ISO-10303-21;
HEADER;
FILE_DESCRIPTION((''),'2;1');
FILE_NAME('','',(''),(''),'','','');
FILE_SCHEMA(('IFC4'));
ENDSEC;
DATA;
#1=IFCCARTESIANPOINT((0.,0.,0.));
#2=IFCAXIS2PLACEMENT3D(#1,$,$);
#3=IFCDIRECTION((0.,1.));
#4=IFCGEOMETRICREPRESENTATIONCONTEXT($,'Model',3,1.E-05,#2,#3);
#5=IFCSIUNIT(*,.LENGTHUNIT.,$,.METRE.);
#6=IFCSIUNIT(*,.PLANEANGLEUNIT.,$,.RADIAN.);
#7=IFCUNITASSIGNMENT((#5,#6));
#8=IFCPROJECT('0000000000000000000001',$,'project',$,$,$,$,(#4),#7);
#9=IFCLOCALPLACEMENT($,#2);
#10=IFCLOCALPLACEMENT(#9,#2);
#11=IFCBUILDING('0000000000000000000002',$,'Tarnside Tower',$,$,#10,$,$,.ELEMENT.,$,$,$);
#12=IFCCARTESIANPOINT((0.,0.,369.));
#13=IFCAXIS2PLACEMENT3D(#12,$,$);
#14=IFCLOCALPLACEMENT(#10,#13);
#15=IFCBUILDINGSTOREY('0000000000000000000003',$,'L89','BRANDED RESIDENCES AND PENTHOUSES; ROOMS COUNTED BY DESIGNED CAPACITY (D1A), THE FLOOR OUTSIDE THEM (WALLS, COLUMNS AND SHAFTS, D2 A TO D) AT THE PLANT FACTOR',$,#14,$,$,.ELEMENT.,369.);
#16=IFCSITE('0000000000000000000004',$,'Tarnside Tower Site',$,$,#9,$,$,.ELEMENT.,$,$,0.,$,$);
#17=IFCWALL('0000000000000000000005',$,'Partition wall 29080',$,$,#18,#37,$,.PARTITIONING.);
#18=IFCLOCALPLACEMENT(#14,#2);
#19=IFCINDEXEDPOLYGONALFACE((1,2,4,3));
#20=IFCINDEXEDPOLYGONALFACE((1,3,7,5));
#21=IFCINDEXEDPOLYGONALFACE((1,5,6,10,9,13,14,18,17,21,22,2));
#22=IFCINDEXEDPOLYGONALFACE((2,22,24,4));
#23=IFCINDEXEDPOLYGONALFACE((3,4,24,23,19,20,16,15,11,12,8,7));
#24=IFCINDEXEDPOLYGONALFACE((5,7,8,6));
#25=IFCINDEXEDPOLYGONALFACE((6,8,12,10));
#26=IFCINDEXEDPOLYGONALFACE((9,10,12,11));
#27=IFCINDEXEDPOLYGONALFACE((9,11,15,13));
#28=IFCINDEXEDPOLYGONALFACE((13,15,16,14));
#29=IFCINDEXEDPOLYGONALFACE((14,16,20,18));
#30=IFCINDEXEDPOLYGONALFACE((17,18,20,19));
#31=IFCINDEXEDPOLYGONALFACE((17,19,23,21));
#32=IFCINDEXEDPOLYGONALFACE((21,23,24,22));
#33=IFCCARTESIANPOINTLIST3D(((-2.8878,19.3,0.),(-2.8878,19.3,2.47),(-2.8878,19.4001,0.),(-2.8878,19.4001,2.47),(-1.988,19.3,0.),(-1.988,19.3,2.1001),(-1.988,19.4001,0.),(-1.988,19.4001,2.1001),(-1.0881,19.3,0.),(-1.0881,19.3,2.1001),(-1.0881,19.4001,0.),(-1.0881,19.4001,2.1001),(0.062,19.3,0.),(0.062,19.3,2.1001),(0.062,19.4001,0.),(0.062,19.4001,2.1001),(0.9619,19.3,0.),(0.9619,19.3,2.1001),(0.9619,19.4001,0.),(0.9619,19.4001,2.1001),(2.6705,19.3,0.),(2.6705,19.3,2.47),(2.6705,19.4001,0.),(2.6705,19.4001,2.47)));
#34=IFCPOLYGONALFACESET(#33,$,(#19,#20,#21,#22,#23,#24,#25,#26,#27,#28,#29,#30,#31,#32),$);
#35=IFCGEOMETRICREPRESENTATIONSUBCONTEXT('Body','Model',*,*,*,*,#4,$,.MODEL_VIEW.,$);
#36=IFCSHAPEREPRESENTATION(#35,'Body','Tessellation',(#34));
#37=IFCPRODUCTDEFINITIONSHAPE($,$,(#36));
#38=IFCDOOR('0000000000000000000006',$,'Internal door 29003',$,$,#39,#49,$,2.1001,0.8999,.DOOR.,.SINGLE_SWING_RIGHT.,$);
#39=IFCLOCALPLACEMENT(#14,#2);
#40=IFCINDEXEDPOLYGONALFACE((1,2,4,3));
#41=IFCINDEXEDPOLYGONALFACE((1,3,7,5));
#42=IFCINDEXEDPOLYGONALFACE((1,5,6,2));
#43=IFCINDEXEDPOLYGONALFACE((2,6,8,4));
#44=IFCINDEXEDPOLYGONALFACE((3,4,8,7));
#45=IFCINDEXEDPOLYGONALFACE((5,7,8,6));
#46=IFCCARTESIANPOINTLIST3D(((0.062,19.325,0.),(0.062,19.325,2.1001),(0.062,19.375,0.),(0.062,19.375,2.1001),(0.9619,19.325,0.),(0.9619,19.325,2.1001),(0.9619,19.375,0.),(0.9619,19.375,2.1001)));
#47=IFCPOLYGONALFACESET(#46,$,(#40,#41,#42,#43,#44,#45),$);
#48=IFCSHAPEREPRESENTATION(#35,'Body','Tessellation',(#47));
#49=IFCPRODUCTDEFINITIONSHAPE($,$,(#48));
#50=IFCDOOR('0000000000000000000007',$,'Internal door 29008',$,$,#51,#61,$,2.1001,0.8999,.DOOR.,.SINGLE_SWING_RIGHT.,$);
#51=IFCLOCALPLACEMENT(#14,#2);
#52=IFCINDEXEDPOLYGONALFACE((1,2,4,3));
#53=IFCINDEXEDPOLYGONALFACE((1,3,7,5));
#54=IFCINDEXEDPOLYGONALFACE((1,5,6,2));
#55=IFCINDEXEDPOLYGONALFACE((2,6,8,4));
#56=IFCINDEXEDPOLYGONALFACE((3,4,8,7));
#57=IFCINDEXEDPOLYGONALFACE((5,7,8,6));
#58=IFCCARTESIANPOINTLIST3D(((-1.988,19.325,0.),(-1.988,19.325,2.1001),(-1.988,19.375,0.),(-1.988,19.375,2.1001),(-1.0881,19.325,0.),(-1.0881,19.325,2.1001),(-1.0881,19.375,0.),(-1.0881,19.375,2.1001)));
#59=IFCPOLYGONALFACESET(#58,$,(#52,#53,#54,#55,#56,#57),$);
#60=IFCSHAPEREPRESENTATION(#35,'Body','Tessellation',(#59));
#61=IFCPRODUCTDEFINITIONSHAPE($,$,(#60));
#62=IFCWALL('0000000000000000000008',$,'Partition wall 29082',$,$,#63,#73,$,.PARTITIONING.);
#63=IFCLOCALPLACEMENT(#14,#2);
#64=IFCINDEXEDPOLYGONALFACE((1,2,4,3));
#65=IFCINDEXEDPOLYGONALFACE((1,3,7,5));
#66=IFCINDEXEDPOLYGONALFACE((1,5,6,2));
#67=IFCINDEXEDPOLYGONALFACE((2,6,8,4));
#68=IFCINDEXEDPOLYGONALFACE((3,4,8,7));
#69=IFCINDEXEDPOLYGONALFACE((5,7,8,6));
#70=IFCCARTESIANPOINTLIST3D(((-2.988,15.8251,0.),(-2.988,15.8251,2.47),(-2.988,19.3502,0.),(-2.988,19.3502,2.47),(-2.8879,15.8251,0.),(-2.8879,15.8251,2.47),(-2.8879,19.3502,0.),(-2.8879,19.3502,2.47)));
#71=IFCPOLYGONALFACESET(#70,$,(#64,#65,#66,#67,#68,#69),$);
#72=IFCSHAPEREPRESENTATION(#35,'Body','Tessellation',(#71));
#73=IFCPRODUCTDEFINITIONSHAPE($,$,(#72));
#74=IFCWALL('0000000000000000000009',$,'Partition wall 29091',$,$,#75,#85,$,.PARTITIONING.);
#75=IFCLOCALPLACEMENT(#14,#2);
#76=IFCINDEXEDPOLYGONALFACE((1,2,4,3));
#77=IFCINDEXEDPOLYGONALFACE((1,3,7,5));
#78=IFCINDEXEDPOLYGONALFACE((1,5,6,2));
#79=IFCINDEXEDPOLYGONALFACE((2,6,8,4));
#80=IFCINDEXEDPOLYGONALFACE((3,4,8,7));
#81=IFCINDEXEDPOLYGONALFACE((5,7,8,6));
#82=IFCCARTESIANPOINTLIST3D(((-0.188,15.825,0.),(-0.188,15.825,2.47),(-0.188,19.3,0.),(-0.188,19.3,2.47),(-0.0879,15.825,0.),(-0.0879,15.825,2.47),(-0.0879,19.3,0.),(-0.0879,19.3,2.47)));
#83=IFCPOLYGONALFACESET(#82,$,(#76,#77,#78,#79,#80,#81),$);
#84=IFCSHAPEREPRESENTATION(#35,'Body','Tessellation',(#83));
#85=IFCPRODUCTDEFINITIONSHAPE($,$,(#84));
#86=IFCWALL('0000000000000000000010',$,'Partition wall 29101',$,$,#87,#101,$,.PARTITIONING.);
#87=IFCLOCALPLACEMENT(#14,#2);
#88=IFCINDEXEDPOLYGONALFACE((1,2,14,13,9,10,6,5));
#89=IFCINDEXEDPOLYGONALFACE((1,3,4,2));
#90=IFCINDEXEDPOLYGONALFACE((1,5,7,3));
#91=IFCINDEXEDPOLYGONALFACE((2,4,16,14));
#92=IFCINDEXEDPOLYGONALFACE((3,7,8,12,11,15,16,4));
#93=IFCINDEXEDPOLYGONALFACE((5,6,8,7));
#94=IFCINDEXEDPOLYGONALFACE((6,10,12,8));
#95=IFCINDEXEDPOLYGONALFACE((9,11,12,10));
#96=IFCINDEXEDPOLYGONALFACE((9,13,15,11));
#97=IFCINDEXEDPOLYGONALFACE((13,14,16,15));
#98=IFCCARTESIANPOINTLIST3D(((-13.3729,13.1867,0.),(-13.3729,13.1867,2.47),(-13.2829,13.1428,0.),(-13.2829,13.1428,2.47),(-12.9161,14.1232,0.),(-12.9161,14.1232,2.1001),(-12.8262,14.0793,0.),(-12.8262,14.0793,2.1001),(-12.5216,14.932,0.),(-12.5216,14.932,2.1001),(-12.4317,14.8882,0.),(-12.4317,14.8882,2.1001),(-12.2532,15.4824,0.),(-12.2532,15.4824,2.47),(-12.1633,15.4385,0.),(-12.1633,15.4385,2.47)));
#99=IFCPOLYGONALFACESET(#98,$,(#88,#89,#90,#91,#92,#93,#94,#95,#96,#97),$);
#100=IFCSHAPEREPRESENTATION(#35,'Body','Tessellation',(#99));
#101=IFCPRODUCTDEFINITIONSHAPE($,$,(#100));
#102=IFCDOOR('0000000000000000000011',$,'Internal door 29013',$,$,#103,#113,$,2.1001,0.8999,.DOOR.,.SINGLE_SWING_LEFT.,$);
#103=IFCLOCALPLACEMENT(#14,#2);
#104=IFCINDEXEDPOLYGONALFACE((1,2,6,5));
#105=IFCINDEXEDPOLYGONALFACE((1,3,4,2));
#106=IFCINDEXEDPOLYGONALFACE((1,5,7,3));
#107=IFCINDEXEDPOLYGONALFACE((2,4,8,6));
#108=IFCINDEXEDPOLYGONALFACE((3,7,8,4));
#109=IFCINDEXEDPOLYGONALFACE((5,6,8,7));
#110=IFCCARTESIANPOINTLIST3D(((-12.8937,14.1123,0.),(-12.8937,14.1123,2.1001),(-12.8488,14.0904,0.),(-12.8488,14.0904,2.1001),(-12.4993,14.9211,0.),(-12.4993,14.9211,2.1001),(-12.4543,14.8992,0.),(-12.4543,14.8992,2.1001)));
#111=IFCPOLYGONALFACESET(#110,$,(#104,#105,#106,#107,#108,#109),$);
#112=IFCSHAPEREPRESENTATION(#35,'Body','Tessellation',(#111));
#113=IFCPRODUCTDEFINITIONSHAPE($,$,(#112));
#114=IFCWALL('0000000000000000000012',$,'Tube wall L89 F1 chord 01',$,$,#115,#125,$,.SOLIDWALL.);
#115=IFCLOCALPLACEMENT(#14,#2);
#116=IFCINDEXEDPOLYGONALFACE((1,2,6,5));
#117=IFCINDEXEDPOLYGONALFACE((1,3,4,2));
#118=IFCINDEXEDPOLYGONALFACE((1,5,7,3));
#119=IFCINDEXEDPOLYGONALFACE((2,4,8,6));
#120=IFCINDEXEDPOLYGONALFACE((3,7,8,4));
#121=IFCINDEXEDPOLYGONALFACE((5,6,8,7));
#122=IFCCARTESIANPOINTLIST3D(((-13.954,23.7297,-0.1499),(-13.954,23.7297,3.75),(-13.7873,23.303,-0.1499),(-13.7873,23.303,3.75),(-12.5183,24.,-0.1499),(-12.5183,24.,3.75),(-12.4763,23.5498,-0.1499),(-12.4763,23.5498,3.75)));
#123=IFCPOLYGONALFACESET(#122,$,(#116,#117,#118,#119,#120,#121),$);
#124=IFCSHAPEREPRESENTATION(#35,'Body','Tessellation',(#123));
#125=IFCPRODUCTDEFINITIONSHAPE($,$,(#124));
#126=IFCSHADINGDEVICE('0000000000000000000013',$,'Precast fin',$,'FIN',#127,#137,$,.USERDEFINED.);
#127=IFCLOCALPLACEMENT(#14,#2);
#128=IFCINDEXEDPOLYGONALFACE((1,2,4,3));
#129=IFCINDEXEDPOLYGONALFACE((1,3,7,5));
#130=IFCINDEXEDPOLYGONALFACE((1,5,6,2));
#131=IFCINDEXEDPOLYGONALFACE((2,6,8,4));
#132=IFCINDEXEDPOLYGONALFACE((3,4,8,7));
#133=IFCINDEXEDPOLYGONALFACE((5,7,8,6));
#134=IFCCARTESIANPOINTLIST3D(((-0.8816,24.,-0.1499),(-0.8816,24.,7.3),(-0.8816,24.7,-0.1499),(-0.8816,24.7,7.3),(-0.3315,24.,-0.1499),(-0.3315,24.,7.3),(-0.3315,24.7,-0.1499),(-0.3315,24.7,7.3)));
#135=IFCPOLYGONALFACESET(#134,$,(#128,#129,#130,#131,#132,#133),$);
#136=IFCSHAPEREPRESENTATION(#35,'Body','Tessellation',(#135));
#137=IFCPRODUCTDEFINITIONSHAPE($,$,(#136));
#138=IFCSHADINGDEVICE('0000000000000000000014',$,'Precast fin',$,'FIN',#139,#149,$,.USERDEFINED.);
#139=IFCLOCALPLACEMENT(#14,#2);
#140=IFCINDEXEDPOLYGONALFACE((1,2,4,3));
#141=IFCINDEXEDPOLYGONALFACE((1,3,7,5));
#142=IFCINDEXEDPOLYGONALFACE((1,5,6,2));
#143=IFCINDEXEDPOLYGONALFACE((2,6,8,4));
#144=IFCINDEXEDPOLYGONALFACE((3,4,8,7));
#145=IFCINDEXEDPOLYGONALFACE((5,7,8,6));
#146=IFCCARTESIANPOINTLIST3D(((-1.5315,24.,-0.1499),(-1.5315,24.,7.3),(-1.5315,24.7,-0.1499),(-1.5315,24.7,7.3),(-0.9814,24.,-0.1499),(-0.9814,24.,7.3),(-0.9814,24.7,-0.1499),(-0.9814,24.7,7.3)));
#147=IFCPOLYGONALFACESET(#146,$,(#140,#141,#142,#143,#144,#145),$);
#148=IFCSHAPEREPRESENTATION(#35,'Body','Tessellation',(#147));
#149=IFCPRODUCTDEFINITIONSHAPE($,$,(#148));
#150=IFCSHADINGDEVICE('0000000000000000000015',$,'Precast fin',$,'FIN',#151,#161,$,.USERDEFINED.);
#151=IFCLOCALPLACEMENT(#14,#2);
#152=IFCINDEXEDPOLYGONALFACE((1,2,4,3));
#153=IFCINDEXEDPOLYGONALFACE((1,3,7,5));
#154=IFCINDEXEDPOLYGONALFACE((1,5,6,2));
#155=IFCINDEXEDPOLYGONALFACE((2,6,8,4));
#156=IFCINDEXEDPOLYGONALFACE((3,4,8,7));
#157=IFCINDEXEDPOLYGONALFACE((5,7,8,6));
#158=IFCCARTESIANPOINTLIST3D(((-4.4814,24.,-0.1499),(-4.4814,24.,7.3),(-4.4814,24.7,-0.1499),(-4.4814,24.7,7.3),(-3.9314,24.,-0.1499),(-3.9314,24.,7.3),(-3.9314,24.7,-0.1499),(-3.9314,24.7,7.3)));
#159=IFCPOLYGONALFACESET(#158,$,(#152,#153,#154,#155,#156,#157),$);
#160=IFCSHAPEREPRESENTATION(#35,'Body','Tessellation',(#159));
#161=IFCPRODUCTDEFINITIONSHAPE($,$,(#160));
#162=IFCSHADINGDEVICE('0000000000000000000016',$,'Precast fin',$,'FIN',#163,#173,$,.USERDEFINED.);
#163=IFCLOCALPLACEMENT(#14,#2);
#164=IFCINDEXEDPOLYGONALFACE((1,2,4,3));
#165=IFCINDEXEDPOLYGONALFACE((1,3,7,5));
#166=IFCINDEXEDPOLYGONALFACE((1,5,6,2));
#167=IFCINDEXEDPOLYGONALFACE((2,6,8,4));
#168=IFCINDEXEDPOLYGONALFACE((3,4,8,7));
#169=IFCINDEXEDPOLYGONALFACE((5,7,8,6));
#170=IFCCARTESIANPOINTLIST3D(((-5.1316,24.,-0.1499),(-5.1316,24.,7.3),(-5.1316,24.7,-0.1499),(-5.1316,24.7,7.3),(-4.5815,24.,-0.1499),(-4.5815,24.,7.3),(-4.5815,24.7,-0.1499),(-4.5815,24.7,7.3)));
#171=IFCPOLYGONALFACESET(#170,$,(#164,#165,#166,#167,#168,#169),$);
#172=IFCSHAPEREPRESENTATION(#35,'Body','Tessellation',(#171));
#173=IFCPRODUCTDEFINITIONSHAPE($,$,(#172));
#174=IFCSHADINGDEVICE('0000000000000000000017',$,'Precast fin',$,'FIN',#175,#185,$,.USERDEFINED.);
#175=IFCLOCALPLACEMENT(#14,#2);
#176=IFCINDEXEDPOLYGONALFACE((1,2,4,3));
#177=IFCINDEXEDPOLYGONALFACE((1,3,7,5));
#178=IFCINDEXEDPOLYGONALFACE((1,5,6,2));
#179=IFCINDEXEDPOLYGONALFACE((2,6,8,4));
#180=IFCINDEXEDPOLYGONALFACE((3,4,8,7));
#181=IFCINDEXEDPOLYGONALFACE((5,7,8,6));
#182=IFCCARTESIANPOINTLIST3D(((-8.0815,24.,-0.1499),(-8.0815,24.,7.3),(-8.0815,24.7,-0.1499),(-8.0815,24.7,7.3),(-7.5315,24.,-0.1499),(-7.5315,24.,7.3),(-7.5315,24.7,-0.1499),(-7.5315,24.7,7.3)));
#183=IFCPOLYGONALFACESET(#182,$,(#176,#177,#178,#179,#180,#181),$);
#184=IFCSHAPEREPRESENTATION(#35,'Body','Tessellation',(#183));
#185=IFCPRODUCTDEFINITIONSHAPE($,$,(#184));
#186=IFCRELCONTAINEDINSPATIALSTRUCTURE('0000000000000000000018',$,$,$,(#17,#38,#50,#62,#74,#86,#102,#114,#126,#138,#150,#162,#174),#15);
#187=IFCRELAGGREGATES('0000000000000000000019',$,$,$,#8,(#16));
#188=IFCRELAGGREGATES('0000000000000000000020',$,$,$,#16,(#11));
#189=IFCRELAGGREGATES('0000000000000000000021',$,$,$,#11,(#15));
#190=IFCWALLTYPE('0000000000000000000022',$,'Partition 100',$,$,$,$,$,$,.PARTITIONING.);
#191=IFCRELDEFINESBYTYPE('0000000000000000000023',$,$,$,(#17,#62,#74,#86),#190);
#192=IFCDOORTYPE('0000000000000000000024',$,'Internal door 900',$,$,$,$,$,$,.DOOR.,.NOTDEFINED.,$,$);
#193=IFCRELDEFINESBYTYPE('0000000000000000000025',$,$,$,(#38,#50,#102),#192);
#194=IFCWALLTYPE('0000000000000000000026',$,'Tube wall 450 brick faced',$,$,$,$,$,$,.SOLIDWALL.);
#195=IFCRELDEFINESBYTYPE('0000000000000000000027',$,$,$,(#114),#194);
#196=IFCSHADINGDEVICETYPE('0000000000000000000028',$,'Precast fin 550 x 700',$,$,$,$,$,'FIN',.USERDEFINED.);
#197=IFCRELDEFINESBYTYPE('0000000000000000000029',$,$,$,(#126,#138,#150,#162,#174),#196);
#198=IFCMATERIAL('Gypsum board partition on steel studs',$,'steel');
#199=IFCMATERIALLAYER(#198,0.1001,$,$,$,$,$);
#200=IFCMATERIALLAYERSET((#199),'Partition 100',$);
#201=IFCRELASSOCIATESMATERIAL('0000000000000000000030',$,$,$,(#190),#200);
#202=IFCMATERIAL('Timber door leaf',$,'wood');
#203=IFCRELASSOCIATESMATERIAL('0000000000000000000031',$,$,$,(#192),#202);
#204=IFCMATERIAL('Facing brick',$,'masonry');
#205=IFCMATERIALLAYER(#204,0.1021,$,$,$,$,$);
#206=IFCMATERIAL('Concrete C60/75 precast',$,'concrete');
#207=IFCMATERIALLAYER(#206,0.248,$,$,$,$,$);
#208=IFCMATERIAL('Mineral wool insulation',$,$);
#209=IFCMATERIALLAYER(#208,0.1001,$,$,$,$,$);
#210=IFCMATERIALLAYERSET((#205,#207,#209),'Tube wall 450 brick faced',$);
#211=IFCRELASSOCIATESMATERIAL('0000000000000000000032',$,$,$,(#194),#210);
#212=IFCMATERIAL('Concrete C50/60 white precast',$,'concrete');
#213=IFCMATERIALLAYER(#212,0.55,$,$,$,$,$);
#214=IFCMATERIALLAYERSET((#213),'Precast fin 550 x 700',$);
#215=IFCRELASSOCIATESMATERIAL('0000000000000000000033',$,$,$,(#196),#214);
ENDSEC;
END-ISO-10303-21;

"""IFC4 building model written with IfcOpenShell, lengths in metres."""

from ifc_helpers import new_model, si_unit, direction, frame, frame_2d, origin, place, context, subcontext, project, spatial, polyline, rectangle, outline, extrude, material, layer, layer_set, type_object, element, fill, save


model = new_model("IFC4")

# Units and contexts
model_context = context("Model", 3, precision=1e-05, world=origin(), true_north=direction((0.0, 1.0)))
body_context = subcontext(model_context, "Body", "Model", "MODEL_VIEW")
ifc_project = project(units=[si_unit("LENGTHUNIT", "METRE"), si_unit("PLANEANGLEUNIT", "RADIAN")], contexts=[model_context])

# Site, building, storey
site_placement = place(None, origin())
site = spatial("IfcSite", under=ifc_project, at=site_placement, Name="Tarnside Tower Site", CompositionType="ELEMENT", RefElevation=0.0)
building_placement = place(site_placement, origin())
building = spatial("IfcBuilding", under=site, at=building_placement, Name="Tarnside Tower", CompositionType="ELEMENT")
storey_placement = place(building_placement, frame((0.0, 0.0, 369.0)))
storey = spatial("IfcBuildingStorey", under=building, at=storey_placement, Name="L89", Description="BRANDED RESIDENCES AND PENTHOUSES; ROOMS COUNTED BY DESIGNED CAPACITY (D1A), THE FLOOR OUTSIDE THEM (WALLS, COLUMNS AND SHAFTS, D2 A TO D) AT THE PLANT FACTOR", CompositionType="ELEMENT", Elevation=369.0)

# Shared definitions
ifc_material_1 = material(Name="Gypsum board partition on steel studs", Category="steel")

# Shared definitions
ifc_material_2 = material(Name="Timber door leaf", Category="wood")

# Wall, openings, doors
ifc_layer_1 = layer(ifc_material_1, 0.1001)
ifc_layer_set_1 = layer_set([ifc_layer_1], Name="Partition 100")
wall_type_1 = type_object("IfcWallType", Name="Partition 100", PredefinedType="PARTITIONING", material=ifc_layer_set_1)
wall_1_placement = place(storey_placement, frame((-2.8879, 19.3501, 0.0), z_axis=(0.0, 0.0, 1.0), x_axis=(1.0, 0.0, 0.0)))
wall_1 = element("IfcWall", 1, at=wall_1_placement, inside=storey, type_object=wall_type_1, Name="Partition wall 29080", PredefinedType="PARTITIONING", context=body_context, shape_type="SweptSolid", body=[
    extrude(rectangle(XDim=5.5583, YDim=0.1001, at=frame_2d((2.7793, 0.0))), origin(), (0.0, 0.0, 1.0), 2.47),
])
opening_1_placement = place(wall_1_placement, frame((2.95, 0.0, 0.0)))
opening_1 = element("IfcOpeningElement", 2, at=opening_1_placement, cuts=wall_1, PredefinedType="OPENING", context=body_context, shape_type="SweptSolid", body=[
    extrude(rectangle(XDim=0.8999, YDim=2.1001, at=frame_2d((0.45, 1.05))), frame((0.0, 0.0601, 0.0), z_axis=(0.0, -1.0, 0.0), x_axis=(1.0, 0.0, 0.0)), (0.0, 0.0, 1.0), 0.1201),
])
opening_2_placement = place(wall_1_placement, frame((0.8999, 0.0, 0.0)))
opening_2 = element("IfcOpeningElement", 3, at=opening_2_placement, cuts=wall_1, PredefinedType="OPENING", context=body_context, shape_type="SweptSolid", body=[
    extrude(rectangle(XDim=0.8999, YDim=2.1001, at=frame_2d((0.45, 1.05))), frame((0.0, 0.0601, 0.0), z_axis=(0.0, -1.0, 0.0), x_axis=(1.0, 0.0, 0.0)), (0.0, 0.0, 1.0), 0.1201),
])
door_type_1 = type_object("IfcDoorType", Name="Internal door 900", OperationType="NOTDEFINED", PredefinedType="DOOR", material=ifc_material_2)
door_1_placement = place(opening_1_placement, origin())
door_1 = element("IfcDoor", 4, at=door_1_placement, inside=storey, type_object=door_type_1, Name="Internal door 29003", OperationType="SINGLE_SWING_RIGHT", OverallHeight=2.1001, OverallWidth=0.8999, PredefinedType="DOOR", context=body_context, shape_type="SweptSolid", body=[
    extrude(rectangle(XDim=0.8999, YDim=2.1001, at=frame_2d((0.45, 1.05))), frame((0.0, 0.0249, 0.0), z_axis=(0.0, -1.0, 0.0), x_axis=(1.0, 0.0, 0.0)), (0.0, 0.0, 1.0), 0.05),
])
fill(opening_1, door_1)
door_2_placement = place(opening_2_placement, origin())
door_2 = element("IfcDoor", 5, at=door_2_placement, inside=storey, type_object=door_type_1, Name="Internal door 29008", OperationType="SINGLE_SWING_RIGHT", OverallHeight=2.1001, OverallWidth=0.8999, PredefinedType="DOOR", context=body_context, shape_type="SweptSolid", body=[
    extrude(rectangle(XDim=0.8999, YDim=2.1001, at=frame_2d((0.45, 1.05))), frame((0.0, 0.0249, 0.0), z_axis=(0.0, -1.0, 0.0), x_axis=(1.0, 0.0, 0.0)), (0.0, 0.0, 1.0), 0.05),
])
fill(opening_2, door_2)

# Walls
wall_2_placement = place(storey_placement, frame((-2.938, 15.825, 0.0), z_axis=(0.0, 0.0, 1.0), x_axis=(0.0, 1.0, 0.0)))
element("IfcWall", 6, at=wall_2_placement, inside=storey, type_object=wall_type_1, Name="Partition wall 29082", PredefinedType="PARTITIONING", context=body_context, shape_type="SweptSolid", body=[
    extrude(rectangle(XDim=3.5251, YDim=0.1001, at=frame_2d((1.7627, 0.0))), origin(), (0.0, 0.0, 1.0), 2.47),
])
wall_3_placement = place(storey_placement, frame((-0.1379, 19.3, 0.0), z_axis=(0.0, 0.0, 1.0), x_axis=(0.0, -1.0, 0.0)))
element("IfcWall", 7, at=wall_3_placement, inside=storey, type_object=wall_type_1, Name="Partition wall 29091", PredefinedType="PARTITIONING", context=body_context, shape_type="SweptSolid", body=[
    extrude(rectangle(XDim=3.4751, YDim=0.1001, at=frame_2d((1.7375, 0.0))), origin(), (0.0, 0.0, 1.0), 2.47),
])

# Wall, opening, door
wall_4_placement = place(storey_placement, frame((-12.2083, 15.4604, 0.0), z_axis=(0.0, 0.0, 1.0), x_axis=(-0.43836, -0.8988, 0.0)))
wall_4 = element("IfcWall", 8, at=wall_4_placement, inside=storey, type_object=wall_type_1, Name="Partition wall 29101", PredefinedType="PARTITIONING", context=body_context, shape_type="SweptSolid", body=[
    extrude(rectangle(XDim=2.5542, YDim=0.1001, at=frame_2d((1.2771, 0.0))), origin(), (0.0, 0.0, 1.0), 2.47),
])
opening_3_placement = place(wall_4_placement, frame((0.6123, 0.0, 0.0)))
opening_3 = element("IfcOpeningElement", 9, at=opening_3_placement, cuts=wall_4, PredefinedType="OPENING", context=body_context, shape_type="SweptSolid", body=[
    extrude(rectangle(XDim=0.8999, YDim=2.1001, at=frame_2d((0.45, 1.05))), frame((0.0, 0.0601, 0.0), z_axis=(0.0, -1.0, 0.0), x_axis=(1.0, 0.0, 0.0)), (0.0, 0.0, 1.0), 0.1201),
])
door_3_placement = place(opening_3_placement, origin())
door_3 = element("IfcDoor", 10, at=door_3_placement, inside=storey, type_object=door_type_1, Name="Internal door 29013", OperationType="SINGLE_SWING_LEFT", OverallHeight=2.1001, OverallWidth=0.8999, PredefinedType="DOOR", context=body_context, shape_type="SweptSolid", body=[
    extrude(rectangle(XDim=0.8999, YDim=2.1001, at=frame_2d((0.45, 1.05))), frame((0.0, 0.0249, 0.0), z_axis=(0.0, -1.0, 0.0), x_axis=(1.0, 0.0, 0.0)), (0.0, 0.0, 1.0), 0.05),
])
fill(opening_3, door_3)

# Wall
ifc_material_3 = material(Name="Facing brick", Category="masonry")
ifc_layer_2 = layer(ifc_material_3, 0.1021)
ifc_material_4 = material(Name="Concrete C60/75 precast", Category="concrete")
ifc_layer_3 = layer(ifc_material_4, 0.248)
ifc_material_5 = material(Name="Mineral wool insulation")
ifc_layer_4 = layer(ifc_material_5, 0.1001)
ifc_layer_set_2 = layer_set([ifc_layer_2, ifc_layer_3, ifc_layer_4], Name="Tube wall 450 brick faced")
wall_type_2 = type_object("IfcWallType", Name="Tube wall 450 brick faced", PredefinedType="SOLIDWALL", material=ifc_layer_set_2)
wall_5_placement = place(storey_placement, frame((-12.4973, 23.7749, -0.1499), z_axis=(0.0, 0.0, 1.0), x_axis=(-0.982735, -0.185016, 0.0)))
element("IfcWall", 11, at=wall_5_placement, inside=storey, type_object=wall_type_2, Name="Tube wall L89 F1 chord 01", PredefinedType="SOLIDWALL", context=body_context, shape_type="SweptSolid", body=[
    extrude(outline(polyline([(-0.021, -0.2251), (1.4399, -0.2251), (1.355, 0.2251), (0.021, 0.2251), (-0.021, -0.2251)])), origin(), (0.0, 0.0, 1.0), 3.8999),
])

# Shading devices
ifc_material_6 = material(Name="Concrete C50/60 white precast", Category="concrete")
ifc_layer_5 = layer(ifc_material_6, 0.55)
ifc_layer_set_3 = layer_set([ifc_layer_5], Name="Precast fin 550 x 700")
shading_device_type = type_object("IfcShadingDeviceType", Name="Precast fin 550 x 700", ElementType="FIN", PredefinedType="USERDEFINED", material=ifc_layer_set_3)
for number, where, z_axis, x_axis, name in (
    (12, (-0.6067, 24.0, -0.1499), (1.0, 0.0, 0.0), (0.0, 1.0, 0.0), "Precast fin"),
    (13, (-1.2566, 24.0, -0.1499), (1.0, 0.0, 0.0), (0.0, 1.0, 0.0), "Precast fin"),
    (14, (-4.2065, 24.0, -0.1499), (1.0, 0.0, 0.0), (0.0, 1.0, 0.0), "Precast fin"),
    (15, (-4.8567, 24.0, -0.1499), (1.0, 0.0, 0.0), (0.0, 1.0, 0.0), "Precast fin"),
    (16, (-7.8066, 24.0, -0.1499), (1.0, 0.0, 0.0), (0.0, 1.0, 0.0), "Precast fin"),
):
    element("IfcShadingDevice", number, at=place(storey_placement, frame(where, z_axis=z_axis, x_axis=x_axis)), inside=storey, type_object=shading_device_type, Name=name, ObjectType="FIN", PredefinedType="USERDEFINED", context=body_context, shape_type="SweptSolid", body=[
        extrude(outline(polyline([(0.0, 0.0), (0.7, 0.0), (0.7, 7.45), (0.0, 7.45), (0.0, 0.0)])), frame((0.0, 0.0, -0.2749)), (0.0, 0.0, 1.0), 0.55),
    ])

save(model, "model.ifc")
